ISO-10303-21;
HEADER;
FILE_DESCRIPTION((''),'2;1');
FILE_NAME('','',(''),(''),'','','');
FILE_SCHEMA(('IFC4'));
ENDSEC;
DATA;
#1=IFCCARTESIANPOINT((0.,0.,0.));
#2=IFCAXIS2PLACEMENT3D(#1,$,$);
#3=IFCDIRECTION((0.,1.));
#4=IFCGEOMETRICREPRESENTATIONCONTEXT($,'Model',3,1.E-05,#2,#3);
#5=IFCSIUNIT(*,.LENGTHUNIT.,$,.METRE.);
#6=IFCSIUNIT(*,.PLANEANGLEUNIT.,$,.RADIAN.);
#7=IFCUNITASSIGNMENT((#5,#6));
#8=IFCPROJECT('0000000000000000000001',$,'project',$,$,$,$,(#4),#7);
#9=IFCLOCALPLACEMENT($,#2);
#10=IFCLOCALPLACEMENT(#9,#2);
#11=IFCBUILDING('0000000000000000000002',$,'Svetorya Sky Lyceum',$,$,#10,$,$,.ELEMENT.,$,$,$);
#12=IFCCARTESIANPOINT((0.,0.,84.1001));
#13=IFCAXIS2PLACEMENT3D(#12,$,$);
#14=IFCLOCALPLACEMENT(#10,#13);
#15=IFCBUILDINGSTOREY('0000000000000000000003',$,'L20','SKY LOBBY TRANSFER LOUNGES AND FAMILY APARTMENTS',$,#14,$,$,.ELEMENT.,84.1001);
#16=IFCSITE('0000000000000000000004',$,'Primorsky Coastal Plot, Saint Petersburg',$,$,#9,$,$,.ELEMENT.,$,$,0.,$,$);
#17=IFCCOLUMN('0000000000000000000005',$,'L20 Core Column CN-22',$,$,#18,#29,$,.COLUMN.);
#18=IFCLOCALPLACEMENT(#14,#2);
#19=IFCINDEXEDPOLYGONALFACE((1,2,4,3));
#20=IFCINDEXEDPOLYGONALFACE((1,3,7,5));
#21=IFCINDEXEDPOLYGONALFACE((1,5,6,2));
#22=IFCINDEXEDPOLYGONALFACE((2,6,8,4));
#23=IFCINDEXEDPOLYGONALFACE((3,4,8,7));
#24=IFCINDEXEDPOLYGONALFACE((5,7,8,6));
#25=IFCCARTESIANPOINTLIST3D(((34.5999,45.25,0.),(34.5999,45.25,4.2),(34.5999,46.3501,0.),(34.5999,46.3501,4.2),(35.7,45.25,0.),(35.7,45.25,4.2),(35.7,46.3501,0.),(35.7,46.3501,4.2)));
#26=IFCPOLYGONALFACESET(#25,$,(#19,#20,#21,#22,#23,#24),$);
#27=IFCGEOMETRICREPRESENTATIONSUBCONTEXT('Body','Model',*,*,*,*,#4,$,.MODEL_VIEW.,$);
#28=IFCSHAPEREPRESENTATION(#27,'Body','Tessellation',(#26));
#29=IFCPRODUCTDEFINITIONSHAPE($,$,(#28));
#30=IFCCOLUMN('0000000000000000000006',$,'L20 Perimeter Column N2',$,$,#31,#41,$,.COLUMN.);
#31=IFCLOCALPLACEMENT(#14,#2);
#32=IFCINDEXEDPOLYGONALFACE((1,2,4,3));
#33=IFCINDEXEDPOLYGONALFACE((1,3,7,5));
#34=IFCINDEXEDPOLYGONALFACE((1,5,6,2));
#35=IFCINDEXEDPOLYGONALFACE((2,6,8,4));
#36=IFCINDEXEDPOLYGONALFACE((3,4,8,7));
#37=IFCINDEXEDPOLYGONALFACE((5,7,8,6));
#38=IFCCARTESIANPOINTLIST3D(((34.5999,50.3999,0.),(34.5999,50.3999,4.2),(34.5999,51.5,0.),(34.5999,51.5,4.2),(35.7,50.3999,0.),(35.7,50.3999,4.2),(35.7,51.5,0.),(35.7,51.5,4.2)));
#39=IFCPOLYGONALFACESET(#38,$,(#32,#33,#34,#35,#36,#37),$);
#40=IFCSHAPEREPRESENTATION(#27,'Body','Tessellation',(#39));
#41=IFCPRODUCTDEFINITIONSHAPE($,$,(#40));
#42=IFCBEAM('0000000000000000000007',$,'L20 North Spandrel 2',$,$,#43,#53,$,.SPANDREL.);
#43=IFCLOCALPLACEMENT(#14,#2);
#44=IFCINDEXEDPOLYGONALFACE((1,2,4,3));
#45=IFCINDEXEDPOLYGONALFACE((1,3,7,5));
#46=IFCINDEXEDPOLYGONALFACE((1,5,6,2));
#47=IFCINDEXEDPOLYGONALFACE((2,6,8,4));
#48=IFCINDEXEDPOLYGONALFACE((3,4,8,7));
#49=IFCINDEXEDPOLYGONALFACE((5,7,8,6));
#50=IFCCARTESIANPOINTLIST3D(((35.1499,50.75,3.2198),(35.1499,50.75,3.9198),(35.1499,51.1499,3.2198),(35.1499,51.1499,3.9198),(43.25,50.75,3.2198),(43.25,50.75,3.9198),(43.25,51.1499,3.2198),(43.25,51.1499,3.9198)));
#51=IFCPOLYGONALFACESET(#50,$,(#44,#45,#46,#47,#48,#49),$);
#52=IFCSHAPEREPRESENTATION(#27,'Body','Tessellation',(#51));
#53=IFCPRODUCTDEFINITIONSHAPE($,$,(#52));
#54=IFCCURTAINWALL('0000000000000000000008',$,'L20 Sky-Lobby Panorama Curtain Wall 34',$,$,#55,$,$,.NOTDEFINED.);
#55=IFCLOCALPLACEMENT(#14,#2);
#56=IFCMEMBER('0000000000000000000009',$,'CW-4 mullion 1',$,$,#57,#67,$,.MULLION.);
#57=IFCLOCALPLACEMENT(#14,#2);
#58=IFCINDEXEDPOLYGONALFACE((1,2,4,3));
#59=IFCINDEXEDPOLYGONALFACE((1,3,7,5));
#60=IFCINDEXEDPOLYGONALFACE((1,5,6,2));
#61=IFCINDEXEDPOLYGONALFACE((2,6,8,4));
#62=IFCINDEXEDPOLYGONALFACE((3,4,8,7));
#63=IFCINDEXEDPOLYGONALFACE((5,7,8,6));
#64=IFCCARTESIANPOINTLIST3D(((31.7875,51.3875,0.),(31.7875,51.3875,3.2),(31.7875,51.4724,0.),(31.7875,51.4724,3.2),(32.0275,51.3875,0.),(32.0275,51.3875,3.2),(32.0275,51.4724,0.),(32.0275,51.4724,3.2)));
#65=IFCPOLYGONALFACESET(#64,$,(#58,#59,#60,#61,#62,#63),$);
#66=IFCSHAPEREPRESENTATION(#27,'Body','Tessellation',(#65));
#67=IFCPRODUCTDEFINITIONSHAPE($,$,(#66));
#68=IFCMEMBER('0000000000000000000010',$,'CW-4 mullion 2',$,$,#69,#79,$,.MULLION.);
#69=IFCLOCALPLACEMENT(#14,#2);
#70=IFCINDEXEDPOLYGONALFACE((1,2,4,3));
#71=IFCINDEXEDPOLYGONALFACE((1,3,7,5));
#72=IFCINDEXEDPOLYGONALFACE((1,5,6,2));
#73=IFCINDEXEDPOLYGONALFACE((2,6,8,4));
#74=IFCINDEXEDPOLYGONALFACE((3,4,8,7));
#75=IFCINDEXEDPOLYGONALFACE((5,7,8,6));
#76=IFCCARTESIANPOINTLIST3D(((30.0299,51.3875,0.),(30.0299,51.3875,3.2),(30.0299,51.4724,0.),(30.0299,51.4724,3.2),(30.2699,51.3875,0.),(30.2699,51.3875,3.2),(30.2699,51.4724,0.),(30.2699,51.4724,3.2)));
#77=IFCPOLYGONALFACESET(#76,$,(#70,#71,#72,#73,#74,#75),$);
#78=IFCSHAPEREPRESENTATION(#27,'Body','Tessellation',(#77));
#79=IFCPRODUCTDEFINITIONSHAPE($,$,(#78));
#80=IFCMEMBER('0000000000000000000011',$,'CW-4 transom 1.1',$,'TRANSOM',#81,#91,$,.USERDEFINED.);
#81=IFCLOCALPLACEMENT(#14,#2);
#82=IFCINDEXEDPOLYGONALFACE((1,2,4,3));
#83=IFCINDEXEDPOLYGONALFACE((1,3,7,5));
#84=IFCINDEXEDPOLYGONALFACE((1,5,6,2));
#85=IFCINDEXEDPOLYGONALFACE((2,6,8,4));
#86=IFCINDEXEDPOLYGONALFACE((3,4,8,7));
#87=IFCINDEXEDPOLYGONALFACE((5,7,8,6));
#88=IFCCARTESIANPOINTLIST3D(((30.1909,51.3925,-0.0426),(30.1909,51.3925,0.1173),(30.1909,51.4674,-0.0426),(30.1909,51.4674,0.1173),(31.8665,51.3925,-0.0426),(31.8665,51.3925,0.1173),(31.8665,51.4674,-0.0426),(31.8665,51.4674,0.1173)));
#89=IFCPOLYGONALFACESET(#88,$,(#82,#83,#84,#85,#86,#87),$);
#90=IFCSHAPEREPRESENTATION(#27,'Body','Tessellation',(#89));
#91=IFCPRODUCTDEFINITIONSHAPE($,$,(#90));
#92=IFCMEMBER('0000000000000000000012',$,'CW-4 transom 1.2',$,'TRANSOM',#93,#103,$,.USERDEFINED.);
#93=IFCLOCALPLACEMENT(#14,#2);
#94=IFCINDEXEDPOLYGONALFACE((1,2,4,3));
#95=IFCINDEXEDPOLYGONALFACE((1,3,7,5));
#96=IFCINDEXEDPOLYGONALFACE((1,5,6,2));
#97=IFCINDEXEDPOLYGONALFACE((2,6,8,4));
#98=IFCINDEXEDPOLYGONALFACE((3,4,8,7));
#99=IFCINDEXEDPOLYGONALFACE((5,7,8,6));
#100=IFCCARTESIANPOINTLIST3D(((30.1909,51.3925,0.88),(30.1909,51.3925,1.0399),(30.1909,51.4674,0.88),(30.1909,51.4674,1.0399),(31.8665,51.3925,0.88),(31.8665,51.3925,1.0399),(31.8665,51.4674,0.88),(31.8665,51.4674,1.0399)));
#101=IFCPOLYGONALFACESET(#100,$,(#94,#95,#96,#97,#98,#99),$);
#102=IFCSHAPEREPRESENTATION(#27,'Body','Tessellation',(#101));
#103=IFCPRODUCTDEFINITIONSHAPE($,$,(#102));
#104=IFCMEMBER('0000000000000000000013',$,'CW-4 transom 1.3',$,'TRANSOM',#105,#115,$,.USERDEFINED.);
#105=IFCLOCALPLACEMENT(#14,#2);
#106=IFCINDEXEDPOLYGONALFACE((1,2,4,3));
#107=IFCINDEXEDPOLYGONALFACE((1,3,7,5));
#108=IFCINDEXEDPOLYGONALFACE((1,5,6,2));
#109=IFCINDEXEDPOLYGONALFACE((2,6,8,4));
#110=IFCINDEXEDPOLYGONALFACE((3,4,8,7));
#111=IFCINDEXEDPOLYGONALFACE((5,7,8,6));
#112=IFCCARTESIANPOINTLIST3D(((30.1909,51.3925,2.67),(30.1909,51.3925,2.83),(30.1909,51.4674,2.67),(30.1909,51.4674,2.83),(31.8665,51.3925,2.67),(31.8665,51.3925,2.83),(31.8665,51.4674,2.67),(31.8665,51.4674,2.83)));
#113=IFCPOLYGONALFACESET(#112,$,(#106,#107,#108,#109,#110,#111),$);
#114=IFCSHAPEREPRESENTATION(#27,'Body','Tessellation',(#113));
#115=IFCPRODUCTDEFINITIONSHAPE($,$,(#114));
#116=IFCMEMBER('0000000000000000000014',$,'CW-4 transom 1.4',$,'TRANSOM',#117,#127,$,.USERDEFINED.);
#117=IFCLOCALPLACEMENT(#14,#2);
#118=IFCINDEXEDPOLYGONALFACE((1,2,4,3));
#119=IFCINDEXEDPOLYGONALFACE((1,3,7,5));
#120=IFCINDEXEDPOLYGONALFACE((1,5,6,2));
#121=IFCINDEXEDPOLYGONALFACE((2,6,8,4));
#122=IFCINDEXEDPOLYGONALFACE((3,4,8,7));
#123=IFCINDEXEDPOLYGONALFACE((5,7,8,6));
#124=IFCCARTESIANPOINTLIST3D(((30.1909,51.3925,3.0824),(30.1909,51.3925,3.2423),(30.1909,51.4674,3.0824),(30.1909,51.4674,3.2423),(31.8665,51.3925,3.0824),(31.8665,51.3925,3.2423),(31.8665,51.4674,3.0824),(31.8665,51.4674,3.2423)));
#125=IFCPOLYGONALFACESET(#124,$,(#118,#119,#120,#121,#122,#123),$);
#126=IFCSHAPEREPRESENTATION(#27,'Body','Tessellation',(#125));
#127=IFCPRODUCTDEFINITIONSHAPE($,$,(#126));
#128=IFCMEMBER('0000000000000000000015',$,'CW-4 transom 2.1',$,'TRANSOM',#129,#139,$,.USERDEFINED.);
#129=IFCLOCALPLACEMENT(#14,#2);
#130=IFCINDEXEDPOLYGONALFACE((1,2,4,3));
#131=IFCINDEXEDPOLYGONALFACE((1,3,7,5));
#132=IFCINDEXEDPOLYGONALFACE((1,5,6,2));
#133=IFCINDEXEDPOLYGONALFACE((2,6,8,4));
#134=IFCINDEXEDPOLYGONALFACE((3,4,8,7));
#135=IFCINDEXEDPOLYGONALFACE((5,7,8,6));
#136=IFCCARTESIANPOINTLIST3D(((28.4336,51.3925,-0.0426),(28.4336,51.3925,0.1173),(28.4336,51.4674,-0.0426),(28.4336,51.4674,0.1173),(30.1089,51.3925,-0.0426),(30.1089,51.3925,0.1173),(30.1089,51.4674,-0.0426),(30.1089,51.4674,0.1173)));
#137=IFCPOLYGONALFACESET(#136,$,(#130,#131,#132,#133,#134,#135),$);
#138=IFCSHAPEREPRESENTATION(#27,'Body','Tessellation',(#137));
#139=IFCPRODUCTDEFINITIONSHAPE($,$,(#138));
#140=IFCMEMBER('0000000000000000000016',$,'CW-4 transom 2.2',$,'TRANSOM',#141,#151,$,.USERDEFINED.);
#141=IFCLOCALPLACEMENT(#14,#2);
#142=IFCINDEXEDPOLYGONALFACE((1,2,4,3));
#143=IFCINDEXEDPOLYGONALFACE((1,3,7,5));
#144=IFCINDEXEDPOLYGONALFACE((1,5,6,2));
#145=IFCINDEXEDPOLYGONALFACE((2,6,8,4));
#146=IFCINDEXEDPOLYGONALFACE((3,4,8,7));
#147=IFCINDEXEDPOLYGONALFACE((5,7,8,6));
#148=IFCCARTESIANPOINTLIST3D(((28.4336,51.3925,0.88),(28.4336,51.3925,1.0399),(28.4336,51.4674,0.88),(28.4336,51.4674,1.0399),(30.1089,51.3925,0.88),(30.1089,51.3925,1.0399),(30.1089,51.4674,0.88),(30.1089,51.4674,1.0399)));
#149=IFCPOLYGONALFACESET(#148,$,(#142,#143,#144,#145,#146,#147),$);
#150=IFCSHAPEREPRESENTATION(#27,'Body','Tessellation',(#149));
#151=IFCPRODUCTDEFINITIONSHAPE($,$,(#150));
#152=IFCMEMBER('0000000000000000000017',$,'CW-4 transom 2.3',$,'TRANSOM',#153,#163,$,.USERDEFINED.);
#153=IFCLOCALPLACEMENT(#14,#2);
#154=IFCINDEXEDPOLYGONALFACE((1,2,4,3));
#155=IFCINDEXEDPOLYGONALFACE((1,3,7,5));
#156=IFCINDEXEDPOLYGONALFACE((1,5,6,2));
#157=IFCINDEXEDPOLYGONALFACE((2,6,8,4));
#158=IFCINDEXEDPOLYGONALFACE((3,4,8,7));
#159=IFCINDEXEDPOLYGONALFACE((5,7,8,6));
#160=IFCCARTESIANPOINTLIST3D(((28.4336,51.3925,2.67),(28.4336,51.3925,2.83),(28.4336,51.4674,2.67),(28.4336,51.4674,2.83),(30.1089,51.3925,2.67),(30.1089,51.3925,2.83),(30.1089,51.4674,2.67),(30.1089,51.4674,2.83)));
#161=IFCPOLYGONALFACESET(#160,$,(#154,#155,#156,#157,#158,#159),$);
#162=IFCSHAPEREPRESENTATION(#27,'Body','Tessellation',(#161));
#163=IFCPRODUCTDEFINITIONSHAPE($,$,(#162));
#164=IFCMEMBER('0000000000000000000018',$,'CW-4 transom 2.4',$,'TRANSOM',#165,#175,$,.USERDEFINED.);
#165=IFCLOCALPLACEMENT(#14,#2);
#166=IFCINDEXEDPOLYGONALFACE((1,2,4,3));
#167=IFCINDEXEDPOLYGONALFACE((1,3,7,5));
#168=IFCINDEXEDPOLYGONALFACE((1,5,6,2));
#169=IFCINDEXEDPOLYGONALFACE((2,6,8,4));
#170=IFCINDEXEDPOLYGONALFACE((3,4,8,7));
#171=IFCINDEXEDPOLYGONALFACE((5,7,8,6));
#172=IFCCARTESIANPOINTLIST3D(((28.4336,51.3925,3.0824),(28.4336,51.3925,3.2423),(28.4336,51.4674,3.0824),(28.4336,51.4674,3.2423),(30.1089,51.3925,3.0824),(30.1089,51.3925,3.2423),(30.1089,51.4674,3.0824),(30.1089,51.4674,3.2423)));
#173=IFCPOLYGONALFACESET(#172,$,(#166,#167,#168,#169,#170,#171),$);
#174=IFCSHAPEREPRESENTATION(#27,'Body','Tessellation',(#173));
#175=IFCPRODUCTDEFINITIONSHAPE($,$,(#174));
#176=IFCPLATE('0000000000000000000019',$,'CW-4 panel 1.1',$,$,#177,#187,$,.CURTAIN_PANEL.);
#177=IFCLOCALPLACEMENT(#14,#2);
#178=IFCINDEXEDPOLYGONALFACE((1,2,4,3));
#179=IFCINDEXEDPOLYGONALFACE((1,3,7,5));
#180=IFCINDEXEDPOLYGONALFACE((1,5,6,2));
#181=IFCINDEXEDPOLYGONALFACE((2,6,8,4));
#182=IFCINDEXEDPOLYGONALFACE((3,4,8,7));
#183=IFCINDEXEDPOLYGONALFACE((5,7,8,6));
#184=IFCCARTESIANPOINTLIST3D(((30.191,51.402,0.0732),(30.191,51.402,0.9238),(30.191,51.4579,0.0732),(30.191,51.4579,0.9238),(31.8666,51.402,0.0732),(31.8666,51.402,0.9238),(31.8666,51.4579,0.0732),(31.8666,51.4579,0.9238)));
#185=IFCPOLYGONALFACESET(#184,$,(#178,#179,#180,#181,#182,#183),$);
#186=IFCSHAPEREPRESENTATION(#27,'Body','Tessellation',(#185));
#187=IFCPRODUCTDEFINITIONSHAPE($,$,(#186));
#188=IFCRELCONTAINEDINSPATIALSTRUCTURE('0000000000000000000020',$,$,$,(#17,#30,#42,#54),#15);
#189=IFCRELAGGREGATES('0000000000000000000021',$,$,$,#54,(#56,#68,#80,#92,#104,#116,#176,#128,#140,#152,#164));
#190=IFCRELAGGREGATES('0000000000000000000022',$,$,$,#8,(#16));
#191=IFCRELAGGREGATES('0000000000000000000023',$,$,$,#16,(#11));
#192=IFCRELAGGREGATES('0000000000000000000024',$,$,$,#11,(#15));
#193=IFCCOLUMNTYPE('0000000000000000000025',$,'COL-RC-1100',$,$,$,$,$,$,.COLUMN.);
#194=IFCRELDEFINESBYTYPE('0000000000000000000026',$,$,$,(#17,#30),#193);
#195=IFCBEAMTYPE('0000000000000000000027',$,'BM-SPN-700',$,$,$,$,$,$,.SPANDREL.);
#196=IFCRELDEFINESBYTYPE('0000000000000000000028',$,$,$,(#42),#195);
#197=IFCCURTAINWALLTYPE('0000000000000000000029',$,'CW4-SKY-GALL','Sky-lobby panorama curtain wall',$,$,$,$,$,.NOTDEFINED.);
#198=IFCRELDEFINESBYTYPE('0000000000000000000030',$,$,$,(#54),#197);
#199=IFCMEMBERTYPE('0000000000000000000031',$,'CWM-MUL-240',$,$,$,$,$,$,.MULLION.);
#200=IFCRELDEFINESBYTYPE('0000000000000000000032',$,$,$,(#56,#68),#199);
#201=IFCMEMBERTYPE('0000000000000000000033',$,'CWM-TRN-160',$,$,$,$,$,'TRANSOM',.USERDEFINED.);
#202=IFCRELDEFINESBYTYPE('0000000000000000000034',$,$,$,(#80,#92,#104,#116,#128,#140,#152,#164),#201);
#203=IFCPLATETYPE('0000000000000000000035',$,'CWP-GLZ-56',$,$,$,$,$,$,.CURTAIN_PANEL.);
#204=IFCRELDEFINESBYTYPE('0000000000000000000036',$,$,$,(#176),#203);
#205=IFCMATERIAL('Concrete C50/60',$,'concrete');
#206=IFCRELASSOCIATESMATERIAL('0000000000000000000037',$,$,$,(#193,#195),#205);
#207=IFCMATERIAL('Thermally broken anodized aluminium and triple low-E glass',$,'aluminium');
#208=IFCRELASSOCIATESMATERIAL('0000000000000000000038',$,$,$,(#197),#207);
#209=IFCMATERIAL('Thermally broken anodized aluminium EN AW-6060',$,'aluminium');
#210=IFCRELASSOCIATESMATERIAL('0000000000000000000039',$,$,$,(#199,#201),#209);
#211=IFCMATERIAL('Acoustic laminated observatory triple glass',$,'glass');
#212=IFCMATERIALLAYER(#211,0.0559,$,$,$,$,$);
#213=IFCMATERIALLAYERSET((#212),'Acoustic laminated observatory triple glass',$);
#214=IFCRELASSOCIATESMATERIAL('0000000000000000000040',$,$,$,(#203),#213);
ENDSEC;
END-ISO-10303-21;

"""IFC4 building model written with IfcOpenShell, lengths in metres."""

from ifc_helpers import new_model, si_unit, direction, frame, origin, origin_2d, place, context, subcontext, project, spatial, rectangle, extrude, material, layer, layer_set, material_profile, profile_set, type_object, element, aggregate, save


model = new_model("IFC4")

# Units and contexts
model_context = context("Model", 3, precision=1e-05, world=origin(), true_north=direction((0.0, 1.0)))
body_context = subcontext(model_context, "Body", "Model", "MODEL_VIEW")
ifc_project = project(units=[si_unit("LENGTHUNIT", "METRE"), si_unit("PLANEANGLEUNIT", "RADIAN")], contexts=[model_context])

# Site, building, storey
site_placement = place(None, origin())
site = spatial("IfcSite", under=ifc_project, at=site_placement, Name="Primorsky Coastal Plot, Saint Petersburg", CompositionType="ELEMENT", RefElevation=0.0)
building_placement = place(site_placement, origin())
building = spatial("IfcBuilding", under=site, at=building_placement, Name="Svetorya Sky Lyceum", CompositionType="ELEMENT")
storey_placement = place(building_placement, frame((0.0, 0.0, 84.1001)))
storey = spatial("IfcBuildingStorey", under=building, at=storey_placement, Name="L20", Description="SKY LOBBY TRANSFER LOUNGES AND FAMILY APARTMENTS", CompositionType="ELEMENT", Elevation=84.1001)

# Columns
ifc_material_1 = material(Name="Concrete C50/60", Category="concrete")
ifc_material_profile_1 = material_profile(ifc_material_1, rectangle(XDim=1.1001, YDim=1.1001, at=origin_2d()), Name="RC COL 1100x1100")
ifc_profile_set_1 = profile_set([ifc_material_profile_1], Name="Concrete C50/60")
column_type = type_object("IfcColumnType", Name="COL-RC-1100", PredefinedType="COLUMN", material=ifc_profile_set_1)
for number, where, z_axis, x_axis, name in (
    (1, (35.1499, 45.8, 0.0), (0.0, 0.0, 1.0), (1.0, 0.0, 0.0), "L20 Core Column CN-22"),
    (2, (35.1499, 50.95, 0.0), (0.0, 0.0, 1.0), (1.0, 0.0, 0.0), "L20 Perimeter Column N2"),
):
    element("IfcColumn", number, at=place(storey_placement, frame(where, z_axis=z_axis, x_axis=x_axis)), inside=storey, type_object=column_type, Name=name, PredefinedType="COLUMN", context=body_context, shape_type="SweptSolid", body=[
        extrude(rectangle(XDim=1.1001, YDim=1.1001, at=origin_2d()), origin(), (0.0, 0.0, 1.0), 4.2),
    ])

# Beam
ifc_material_profile_2 = material_profile(ifc_material_1, rectangle(XDim=0.3999, YDim=0.7, at=origin_2d()), Name="RC SPANDREL 400x700")
ifc_profile_set_2 = profile_set([ifc_material_profile_2], Name="Concrete C50/60")
beam_type = type_object("IfcBeamType", Name="BM-SPN-700", PredefinedType="SPANDREL", material=ifc_profile_set_2)
beam_placement = place(storey_placement, frame((35.1499, 50.95, 3.5698), z_axis=(1.0, 0.0, 0.0), x_axis=(0.0, 1.0, 0.0)))
element("IfcBeam", 3, at=beam_placement, inside=storey, type_object=beam_type, Name="L20 North Spandrel 2", PredefinedType="SPANDREL", context=body_context, shape_type="SweptSolid", body=[
    extrude(rectangle(XDim=0.3999, YDim=0.7, at=origin_2d()), origin(), (0.0, 0.0, 1.0), 8.1001),
])

# Curtain wall, members, plate
ifc_material_2 = material(Name="Thermally broken anodized aluminium and triple low-E glass", Category="aluminium")
curtain_wall_type = type_object("IfcCurtainWallType", Name="CW4-SKY-GALL", Description="Sky-lobby panorama curtain wall", PredefinedType="NOTDEFINED", material=ifc_material_2)
curtain_wall_placement = place(storey_placement, origin())
curtain_wall = element("IfcCurtainWall", 4, at=curtain_wall_placement, inside=storey, type_object=curtain_wall_type, Name="L20 Sky-Lobby Panorama Curtain Wall 34", PredefinedType="NOTDEFINED")
ifc_material_3 = material(Name="Thermally broken anodized aluminium EN AW-6060", Category="aluminium")
ifc_material_profile_3 = material_profile(ifc_material_3, rectangle(XDim=0.085, YDim=0.24, at=origin_2d()), Name="ALU MULLION 85x240")
ifc_profile_set_3 = profile_set([ifc_material_profile_3], Name="Thermally broken anodized aluminium EN AW-6060")
member_type_1 = type_object("IfcMemberType", Name="CWM-MUL-240", PredefinedType="MULLION", material=ifc_profile_set_3)
member_1_placement = place(storey_placement, frame((31.9075, 51.4299, 0.0), z_axis=(0.0, 0.0, 1.0), x_axis=(0.0, -1.0, 0.0)))
member_1 = element("IfcMember", 5, at=member_1_placement, type_object=member_type_1, Name="CW-4 mullion 1", PredefinedType="MULLION", context=body_context, shape_type="SweptSolid", body=[
    extrude(rectangle(XDim=0.085, YDim=0.24, at=origin_2d()), origin(), (0.0, 0.0, 1.0), 3.2),
])
member_2_placement = place(storey_placement, frame((30.1499, 51.4299, 0.0), z_axis=(0.0, 0.0, 1.0), x_axis=(0.0, -1.0, 0.0)))
member_2 = element("IfcMember", 6, at=member_2_placement, type_object=member_type_1, Name="CW-4 mullion 2", PredefinedType="MULLION", context=body_context, shape_type="SweptSolid", body=[
    extrude(rectangle(XDim=0.085, YDim=0.24, at=origin_2d()), origin(), (0.0, 0.0, 1.0), 3.2),
])
ifc_material_profile_4 = material_profile(ifc_material_3, rectangle(XDim=0.075, YDim=0.1599, at=origin_2d()), Name="ALU TRANSOM 75x160")
ifc_profile_set_4 = profile_set([ifc_material_profile_4], Name="Thermally broken anodized aluminium EN AW-6060")
member_type_2 = type_object("IfcMemberType", Name="CWM-TRN-160", ElementType="TRANSOM", PredefinedType="USERDEFINED", material=ifc_profile_set_4)
member_3_placement = place(storey_placement, frame((31.8665, 51.4299, 0.0374), z_axis=(-1.0, 0.0, 0.0), x_axis=(0.0, -1.0, 0.0)))
member_3 = element("IfcMember", 7, at=member_3_placement, type_object=member_type_2, Name="CW-4 transom 1.1", ObjectType="TRANSOM", PredefinedType="USERDEFINED", context=body_context, shape_type="SweptSolid", body=[
    extrude(rectangle(XDim=0.075, YDim=0.1599, at=origin_2d()), origin(), (0.0, 0.0, 1.0), 1.6755),
])
member_4_placement = place(storey_placement, frame((31.8665, 51.4299, 0.96), z_axis=(-1.0, 0.0, 0.0), x_axis=(0.0, -1.0, 0.0)))
member_4 = element("IfcMember", 8, at=member_4_placement, type_object=member_type_2, Name="CW-4 transom 1.2", ObjectType="TRANSOM", PredefinedType="USERDEFINED", context=body_context, shape_type="SweptSolid", body=[
    extrude(rectangle(XDim=0.075, YDim=0.1599, at=origin_2d()), origin(), (0.0, 0.0, 1.0), 1.6755),
])
member_5_placement = place(storey_placement, frame((31.8665, 51.4299, 2.75), z_axis=(-1.0, 0.0, 0.0), x_axis=(0.0, -1.0, 0.0)))
member_5 = element("IfcMember", 9, at=member_5_placement, type_object=member_type_2, Name="CW-4 transom 1.3", ObjectType="TRANSOM", PredefinedType="USERDEFINED", context=body_context, shape_type="SweptSolid", body=[
    extrude(rectangle(XDim=0.075, YDim=0.1599, at=origin_2d()), origin(), (0.0, 0.0, 1.0), 1.6755),
])
member_6_placement = place(storey_placement, frame((31.8665, 51.4299, 3.1624), z_axis=(-1.0, 0.0, 0.0), x_axis=(0.0, -1.0, 0.0)))
member_6 = element("IfcMember", 10, at=member_6_placement, type_object=member_type_2, Name="CW-4 transom 1.4", ObjectType="TRANSOM", PredefinedType="USERDEFINED", context=body_context, shape_type="SweptSolid", body=[
    extrude(rectangle(XDim=0.075, YDim=0.1599, at=origin_2d()), origin(), (0.0, 0.0, 1.0), 1.6755),
])
member_7_placement = place(storey_placement, frame((30.1089, 51.4299, 0.0374), z_axis=(-1.0, 0.0, 0.0), x_axis=(0.0, -1.0, 0.0)))
member_7 = element("IfcMember", 11, at=member_7_placement, type_object=member_type_2, Name="CW-4 transom 2.1", ObjectType="TRANSOM", PredefinedType="USERDEFINED", context=body_context, shape_type="SweptSolid", body=[
    extrude(rectangle(XDim=0.075, YDim=0.1599, at=origin_2d()), origin(), (0.0, 0.0, 1.0), 1.6753),
])
member_8_placement = place(storey_placement, frame((30.1089, 51.4299, 0.96), z_axis=(-1.0, 0.0, 0.0), x_axis=(0.0, -1.0, 0.0)))
member_8 = element("IfcMember", 12, at=member_8_placement, type_object=member_type_2, Name="CW-4 transom 2.2", ObjectType="TRANSOM", PredefinedType="USERDEFINED", context=body_context, shape_type="SweptSolid", body=[
    extrude(rectangle(XDim=0.075, YDim=0.1599, at=origin_2d()), origin(), (0.0, 0.0, 1.0), 1.6753),
])
member_9_placement = place(storey_placement, frame((30.1089, 51.4299, 2.75), z_axis=(-1.0, 0.0, 0.0), x_axis=(0.0, -1.0, 0.0)))
member_9 = element("IfcMember", 13, at=member_9_placement, type_object=member_type_2, Name="CW-4 transom 2.3", ObjectType="TRANSOM", PredefinedType="USERDEFINED", context=body_context, shape_type="SweptSolid", body=[
    extrude(rectangle(XDim=0.075, YDim=0.1599, at=origin_2d()), origin(), (0.0, 0.0, 1.0), 1.6753),
])
member_10_placement = place(storey_placement, frame((30.1089, 51.4299, 3.1624), z_axis=(-1.0, 0.0, 0.0), x_axis=(0.0, -1.0, 0.0)))
member_10 = element("IfcMember", 14, at=member_10_placement, type_object=member_type_2, Name="CW-4 transom 2.4", ObjectType="TRANSOM", PredefinedType="USERDEFINED", context=body_context, shape_type="SweptSolid", body=[
    extrude(rectangle(XDim=0.075, YDim=0.1599, at=origin_2d()), origin(), (0.0, 0.0, 1.0), 1.6753),
])
ifc_material_4 = material(Name="Acoustic laminated observatory triple glass", Category="glass")
ifc_layer_1 = layer(ifc_material_4, 0.0559)
ifc_layer_set_1 = layer_set([ifc_layer_1], Name="Acoustic laminated observatory triple glass")
plate_type = type_object("IfcPlateType", Name="CWP-GLZ-56", PredefinedType="CURTAIN_PANEL", material=ifc_layer_set_1)
plate_1_placement = place(storey_placement, frame((31.0288, 51.4299, 0.0732), z_axis=(0.0, 0.0, 1.0), x_axis=(-1.0, 0.0, 0.0)))
plate_1 = element("IfcPlate", 15, at=plate_1_placement, type_object=plate_type, Name="CW-4 panel 1.1", PredefinedType="CURTAIN_PANEL", context=body_context, shape_type="SweptSolid", body=[
    extrude(rectangle(XDim=1.6755, YDim=0.0559, at=origin_2d()), origin(), (0.0, 0.0, 1.0), 0.8506),
])
aggregate(curtain_wall, [member_1, member_2, member_3, member_4, member_5, member_6, plate_1, member_7, member_8, member_9, member_10])

save(model, "model.ifc")
